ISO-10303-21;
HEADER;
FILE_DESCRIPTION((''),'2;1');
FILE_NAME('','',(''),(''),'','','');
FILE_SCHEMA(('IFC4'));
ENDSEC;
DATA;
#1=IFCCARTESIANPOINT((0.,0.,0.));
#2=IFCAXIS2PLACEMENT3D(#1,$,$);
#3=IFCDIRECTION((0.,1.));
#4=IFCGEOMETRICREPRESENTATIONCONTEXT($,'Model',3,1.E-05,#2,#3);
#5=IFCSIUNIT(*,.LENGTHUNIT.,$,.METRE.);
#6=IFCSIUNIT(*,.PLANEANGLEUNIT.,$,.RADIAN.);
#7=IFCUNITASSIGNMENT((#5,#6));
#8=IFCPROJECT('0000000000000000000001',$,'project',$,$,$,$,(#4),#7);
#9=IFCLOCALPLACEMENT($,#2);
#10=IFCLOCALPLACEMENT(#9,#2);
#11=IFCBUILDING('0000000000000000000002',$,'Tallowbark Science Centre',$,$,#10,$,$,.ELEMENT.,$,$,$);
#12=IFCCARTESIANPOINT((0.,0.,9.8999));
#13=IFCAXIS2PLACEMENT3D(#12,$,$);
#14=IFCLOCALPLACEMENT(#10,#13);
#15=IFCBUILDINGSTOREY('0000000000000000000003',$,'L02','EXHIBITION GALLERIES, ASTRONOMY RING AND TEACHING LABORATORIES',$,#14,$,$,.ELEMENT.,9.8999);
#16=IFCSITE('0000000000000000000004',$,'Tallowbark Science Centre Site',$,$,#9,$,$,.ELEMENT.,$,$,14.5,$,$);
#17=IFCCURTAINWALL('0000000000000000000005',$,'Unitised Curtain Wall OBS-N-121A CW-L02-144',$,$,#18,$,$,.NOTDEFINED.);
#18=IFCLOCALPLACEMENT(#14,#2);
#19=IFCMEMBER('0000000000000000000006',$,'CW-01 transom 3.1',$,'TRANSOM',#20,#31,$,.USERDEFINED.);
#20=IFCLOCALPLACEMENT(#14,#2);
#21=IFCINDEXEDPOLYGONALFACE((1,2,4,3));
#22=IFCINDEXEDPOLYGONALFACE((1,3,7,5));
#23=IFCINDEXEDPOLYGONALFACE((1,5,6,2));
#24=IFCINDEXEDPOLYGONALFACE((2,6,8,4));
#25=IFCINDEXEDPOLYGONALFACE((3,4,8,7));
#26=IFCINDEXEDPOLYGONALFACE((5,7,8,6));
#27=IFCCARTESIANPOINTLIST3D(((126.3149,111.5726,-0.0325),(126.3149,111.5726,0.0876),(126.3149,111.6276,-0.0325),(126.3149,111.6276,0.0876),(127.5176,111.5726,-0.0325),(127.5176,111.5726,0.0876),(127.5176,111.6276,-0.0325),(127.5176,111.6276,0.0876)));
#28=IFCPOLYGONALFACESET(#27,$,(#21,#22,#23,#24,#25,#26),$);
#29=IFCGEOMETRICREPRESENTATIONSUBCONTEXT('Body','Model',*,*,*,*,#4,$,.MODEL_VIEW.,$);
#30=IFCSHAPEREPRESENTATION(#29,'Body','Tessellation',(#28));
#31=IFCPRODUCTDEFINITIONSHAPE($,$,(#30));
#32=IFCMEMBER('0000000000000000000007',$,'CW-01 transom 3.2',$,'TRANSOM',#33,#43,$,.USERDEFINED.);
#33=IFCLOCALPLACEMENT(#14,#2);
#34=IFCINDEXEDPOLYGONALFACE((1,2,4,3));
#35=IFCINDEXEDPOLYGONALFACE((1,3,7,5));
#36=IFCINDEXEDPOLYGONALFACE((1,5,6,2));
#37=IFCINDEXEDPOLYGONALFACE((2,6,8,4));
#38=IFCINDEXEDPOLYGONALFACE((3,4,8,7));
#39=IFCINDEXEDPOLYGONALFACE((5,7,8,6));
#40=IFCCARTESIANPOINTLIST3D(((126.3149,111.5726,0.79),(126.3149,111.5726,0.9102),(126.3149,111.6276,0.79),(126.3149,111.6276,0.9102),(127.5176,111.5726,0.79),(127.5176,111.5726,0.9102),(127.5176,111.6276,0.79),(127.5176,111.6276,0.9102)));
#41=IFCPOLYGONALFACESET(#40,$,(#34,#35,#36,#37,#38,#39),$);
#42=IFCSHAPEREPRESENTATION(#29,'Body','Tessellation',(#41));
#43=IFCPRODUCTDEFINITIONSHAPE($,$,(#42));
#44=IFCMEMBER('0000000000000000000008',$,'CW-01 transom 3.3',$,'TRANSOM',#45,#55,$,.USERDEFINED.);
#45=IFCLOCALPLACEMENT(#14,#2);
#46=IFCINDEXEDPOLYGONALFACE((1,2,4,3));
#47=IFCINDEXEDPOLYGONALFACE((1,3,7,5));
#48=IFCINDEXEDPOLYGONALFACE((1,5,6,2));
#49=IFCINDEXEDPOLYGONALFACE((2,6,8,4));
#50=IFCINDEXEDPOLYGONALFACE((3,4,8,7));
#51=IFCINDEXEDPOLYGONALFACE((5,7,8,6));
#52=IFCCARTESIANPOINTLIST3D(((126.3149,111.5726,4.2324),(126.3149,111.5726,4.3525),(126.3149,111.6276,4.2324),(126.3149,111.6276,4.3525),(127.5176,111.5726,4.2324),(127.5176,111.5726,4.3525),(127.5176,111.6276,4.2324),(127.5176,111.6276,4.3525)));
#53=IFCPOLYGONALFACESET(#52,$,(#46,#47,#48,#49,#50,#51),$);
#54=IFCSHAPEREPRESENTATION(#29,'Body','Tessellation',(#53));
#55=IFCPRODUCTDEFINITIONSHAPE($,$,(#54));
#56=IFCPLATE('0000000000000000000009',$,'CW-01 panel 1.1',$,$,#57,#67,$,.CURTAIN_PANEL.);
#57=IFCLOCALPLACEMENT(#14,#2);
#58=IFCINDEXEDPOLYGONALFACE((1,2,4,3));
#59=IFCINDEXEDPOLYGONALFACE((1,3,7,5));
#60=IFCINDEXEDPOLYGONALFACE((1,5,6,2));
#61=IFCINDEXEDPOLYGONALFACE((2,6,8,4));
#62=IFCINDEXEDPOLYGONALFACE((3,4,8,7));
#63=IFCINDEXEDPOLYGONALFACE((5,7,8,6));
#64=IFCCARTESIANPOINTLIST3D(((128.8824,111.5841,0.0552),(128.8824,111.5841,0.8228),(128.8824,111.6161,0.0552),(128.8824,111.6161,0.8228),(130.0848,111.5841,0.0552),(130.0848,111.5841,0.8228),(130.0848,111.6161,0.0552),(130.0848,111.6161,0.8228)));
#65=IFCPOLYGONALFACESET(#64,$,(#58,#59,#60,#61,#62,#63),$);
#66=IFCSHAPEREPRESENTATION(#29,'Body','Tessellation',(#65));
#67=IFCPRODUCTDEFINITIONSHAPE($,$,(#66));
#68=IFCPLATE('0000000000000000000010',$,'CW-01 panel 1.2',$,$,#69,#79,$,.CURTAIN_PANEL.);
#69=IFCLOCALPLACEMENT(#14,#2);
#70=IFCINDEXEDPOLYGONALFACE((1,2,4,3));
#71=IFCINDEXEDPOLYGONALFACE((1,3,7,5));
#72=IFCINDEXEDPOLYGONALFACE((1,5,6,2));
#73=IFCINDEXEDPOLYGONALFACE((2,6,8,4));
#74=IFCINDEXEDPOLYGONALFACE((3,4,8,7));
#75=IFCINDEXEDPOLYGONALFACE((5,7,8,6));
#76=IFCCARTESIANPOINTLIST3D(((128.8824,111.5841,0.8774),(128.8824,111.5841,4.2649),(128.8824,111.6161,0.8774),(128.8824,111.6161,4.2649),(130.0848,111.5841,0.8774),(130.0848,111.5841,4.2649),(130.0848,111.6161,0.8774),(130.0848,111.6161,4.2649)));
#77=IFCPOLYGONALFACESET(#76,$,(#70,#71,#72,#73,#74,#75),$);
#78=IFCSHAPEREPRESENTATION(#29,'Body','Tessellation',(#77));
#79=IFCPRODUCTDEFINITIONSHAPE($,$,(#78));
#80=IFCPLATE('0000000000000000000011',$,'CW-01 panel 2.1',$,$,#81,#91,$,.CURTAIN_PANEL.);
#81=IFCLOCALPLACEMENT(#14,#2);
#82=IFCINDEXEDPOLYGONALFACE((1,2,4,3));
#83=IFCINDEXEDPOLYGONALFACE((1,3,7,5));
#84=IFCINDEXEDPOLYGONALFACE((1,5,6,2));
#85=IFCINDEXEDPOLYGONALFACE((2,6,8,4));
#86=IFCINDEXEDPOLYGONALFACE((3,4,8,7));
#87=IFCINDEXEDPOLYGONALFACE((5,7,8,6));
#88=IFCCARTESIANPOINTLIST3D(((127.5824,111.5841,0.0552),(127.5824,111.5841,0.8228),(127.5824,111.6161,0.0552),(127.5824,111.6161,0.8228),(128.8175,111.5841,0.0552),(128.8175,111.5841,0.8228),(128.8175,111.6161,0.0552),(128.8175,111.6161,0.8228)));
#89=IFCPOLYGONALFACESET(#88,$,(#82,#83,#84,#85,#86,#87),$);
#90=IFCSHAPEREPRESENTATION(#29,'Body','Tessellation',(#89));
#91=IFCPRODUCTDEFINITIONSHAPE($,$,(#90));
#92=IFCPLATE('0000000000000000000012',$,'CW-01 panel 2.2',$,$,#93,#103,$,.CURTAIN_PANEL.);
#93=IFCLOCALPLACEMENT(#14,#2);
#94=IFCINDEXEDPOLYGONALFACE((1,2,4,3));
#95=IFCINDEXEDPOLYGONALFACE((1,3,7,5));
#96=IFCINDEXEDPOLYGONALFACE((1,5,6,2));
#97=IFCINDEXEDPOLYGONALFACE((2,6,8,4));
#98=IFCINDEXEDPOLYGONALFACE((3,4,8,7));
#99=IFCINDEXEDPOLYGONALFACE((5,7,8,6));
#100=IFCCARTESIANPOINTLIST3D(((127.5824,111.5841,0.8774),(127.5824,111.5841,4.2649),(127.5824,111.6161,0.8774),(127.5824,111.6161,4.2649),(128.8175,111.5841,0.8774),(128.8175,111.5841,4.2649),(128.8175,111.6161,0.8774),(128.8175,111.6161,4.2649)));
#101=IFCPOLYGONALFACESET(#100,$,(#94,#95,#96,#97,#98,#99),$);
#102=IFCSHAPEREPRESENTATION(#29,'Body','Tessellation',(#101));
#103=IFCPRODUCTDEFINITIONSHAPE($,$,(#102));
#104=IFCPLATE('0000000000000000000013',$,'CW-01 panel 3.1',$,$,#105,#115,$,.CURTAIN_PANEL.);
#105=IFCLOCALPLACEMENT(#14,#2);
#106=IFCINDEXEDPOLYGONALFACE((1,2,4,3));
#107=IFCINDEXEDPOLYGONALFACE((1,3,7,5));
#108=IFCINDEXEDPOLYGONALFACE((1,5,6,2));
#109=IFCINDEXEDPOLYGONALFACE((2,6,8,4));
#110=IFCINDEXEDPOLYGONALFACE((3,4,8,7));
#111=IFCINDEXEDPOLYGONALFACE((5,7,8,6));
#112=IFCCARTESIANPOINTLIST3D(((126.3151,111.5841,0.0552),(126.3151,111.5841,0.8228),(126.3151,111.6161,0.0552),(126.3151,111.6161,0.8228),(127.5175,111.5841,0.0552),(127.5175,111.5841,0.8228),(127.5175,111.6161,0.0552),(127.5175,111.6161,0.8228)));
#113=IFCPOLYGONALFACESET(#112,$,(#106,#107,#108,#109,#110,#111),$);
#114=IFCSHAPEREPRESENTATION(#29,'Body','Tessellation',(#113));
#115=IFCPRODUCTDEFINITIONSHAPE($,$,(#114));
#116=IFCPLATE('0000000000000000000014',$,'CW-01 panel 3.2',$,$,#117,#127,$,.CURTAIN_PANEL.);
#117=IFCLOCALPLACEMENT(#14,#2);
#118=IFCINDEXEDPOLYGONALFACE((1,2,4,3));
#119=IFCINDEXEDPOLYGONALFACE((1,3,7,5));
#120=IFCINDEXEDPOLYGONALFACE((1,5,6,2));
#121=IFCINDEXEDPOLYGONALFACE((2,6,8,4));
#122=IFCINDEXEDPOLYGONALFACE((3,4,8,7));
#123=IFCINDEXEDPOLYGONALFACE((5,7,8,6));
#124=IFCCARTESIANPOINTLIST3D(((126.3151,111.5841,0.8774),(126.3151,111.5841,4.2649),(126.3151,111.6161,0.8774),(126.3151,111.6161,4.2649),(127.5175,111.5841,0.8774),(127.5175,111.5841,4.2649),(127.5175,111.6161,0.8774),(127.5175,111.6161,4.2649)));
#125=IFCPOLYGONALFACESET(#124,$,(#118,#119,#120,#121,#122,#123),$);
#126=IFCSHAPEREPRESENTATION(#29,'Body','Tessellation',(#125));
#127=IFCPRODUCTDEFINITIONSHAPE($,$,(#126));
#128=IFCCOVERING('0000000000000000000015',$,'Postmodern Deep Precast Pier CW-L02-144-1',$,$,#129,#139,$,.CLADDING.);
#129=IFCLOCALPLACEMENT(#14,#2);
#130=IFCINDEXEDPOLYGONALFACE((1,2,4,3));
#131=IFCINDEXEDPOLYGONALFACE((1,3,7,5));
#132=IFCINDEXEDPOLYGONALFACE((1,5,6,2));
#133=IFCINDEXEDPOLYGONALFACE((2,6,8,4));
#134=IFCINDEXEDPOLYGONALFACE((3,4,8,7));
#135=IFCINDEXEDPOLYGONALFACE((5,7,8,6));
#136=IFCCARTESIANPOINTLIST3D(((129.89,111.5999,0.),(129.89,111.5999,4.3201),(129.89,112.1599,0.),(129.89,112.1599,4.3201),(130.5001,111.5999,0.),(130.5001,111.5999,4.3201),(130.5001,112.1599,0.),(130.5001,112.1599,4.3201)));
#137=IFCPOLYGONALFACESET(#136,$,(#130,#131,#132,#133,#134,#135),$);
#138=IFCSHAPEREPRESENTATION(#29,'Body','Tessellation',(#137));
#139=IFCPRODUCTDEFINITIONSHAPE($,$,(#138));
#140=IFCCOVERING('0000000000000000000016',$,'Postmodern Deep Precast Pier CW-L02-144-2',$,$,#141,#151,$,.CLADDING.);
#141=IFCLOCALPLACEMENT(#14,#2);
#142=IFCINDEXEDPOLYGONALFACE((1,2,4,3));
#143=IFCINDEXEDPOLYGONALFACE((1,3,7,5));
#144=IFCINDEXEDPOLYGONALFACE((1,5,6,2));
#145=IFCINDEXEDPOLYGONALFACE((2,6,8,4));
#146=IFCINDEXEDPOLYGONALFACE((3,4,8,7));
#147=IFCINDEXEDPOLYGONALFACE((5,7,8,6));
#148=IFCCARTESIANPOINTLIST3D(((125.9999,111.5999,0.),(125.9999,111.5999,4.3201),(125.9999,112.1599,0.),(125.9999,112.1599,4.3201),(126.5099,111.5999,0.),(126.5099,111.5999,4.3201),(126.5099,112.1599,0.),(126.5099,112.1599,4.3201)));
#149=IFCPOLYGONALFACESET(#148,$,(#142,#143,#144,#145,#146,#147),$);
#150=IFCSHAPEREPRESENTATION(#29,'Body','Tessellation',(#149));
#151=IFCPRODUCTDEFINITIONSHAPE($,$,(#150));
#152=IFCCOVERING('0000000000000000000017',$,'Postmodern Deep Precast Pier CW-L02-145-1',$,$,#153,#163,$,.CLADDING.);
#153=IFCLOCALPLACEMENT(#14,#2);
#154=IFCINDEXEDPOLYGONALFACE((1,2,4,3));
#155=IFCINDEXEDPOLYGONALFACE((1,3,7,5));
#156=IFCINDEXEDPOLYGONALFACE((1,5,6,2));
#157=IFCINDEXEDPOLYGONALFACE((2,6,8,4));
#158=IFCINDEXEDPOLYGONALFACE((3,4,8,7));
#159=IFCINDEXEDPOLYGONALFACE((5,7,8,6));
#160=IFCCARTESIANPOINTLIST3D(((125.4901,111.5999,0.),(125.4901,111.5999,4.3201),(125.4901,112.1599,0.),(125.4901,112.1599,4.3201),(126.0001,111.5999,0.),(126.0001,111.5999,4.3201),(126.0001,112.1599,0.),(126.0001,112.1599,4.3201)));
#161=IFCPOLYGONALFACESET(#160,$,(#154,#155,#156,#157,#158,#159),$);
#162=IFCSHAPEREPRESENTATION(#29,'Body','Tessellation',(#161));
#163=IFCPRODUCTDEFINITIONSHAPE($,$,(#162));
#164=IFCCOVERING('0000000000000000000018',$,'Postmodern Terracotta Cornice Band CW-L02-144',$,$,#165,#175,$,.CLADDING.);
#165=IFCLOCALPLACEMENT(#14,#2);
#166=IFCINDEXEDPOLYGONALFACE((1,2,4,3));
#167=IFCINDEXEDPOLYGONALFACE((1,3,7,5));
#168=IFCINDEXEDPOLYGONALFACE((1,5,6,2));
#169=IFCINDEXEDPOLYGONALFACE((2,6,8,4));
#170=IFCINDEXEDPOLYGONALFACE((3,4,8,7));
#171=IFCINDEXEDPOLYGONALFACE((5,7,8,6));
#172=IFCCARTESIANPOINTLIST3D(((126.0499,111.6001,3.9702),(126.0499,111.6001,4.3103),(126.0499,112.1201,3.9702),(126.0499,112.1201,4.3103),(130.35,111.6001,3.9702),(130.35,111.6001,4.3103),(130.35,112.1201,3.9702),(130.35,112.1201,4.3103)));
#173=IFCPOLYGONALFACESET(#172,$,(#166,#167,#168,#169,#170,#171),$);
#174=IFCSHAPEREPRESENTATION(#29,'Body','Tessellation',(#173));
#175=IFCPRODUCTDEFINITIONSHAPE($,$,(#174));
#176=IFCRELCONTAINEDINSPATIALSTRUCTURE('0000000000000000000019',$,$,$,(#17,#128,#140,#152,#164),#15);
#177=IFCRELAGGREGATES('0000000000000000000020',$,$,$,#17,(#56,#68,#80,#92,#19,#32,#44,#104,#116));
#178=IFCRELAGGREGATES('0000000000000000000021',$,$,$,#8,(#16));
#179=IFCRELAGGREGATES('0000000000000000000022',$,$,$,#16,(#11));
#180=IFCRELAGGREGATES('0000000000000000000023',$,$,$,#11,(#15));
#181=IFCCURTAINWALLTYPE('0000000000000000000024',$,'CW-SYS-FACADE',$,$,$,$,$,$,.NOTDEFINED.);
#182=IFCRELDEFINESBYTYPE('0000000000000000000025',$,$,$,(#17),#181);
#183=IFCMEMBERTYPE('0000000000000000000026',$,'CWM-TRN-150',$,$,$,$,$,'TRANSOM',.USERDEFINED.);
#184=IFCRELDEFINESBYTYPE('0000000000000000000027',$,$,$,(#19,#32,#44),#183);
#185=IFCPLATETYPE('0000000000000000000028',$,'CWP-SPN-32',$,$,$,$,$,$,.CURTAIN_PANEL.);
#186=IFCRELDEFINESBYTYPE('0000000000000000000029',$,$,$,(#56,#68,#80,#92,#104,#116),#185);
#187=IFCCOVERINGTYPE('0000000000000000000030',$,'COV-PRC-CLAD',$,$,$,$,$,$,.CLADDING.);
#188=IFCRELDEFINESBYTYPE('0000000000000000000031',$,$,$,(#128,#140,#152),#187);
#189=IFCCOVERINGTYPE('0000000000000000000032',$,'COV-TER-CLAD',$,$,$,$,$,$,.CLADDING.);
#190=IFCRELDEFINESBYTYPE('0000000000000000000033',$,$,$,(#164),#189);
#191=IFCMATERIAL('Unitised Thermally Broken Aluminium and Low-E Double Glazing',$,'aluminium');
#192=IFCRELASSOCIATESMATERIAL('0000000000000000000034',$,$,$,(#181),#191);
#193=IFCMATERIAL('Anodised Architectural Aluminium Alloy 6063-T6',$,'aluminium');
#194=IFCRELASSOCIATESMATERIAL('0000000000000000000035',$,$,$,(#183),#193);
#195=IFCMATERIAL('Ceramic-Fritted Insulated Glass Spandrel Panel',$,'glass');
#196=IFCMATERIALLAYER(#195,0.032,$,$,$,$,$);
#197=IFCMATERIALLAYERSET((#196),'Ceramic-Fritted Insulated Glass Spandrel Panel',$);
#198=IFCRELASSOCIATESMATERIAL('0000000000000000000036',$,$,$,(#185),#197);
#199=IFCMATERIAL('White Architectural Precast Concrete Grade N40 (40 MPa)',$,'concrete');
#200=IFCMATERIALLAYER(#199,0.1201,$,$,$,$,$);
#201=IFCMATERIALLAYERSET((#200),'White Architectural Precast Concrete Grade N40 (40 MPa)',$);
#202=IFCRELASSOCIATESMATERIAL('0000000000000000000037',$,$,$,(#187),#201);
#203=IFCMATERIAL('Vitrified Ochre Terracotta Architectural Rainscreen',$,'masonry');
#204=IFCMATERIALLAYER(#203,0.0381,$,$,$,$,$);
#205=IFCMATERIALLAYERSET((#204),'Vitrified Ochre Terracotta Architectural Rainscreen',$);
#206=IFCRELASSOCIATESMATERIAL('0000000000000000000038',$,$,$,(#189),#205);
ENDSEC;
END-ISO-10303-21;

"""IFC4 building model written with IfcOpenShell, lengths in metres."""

from ifc_helpers import new_model, si_unit, direction, frame, origin, origin_2d, place, context, subcontext, project, spatial, rectangle, extrude, material, layer, layer_set, material_profile, profile_set, type_object, element, aggregate, save


model = new_model("IFC4")

# Units and contexts
model_context = context("Model", 3, precision=1e-05, world=origin(), true_north=direction((0.0, 1.0)))
body_context = subcontext(model_context, "Body", "Model", "MODEL_VIEW")
ifc_project = project(units=[si_unit("LENGTHUNIT", "METRE"), si_unit("PLANEANGLEUNIT", "RADIAN")], contexts=[model_context])

# Site, building, storey
site_placement = place(None, origin())
site = spatial("IfcSite", under=ifc_project, at=site_placement, Name="Tallowbark Science Centre Site", CompositionType="ELEMENT", RefElevation=14.5)
building_placement = place(site_placement, origin())
building = spatial("IfcBuilding", under=site, at=building_placement, Name="Tallowbark Science Centre", CompositionType="ELEMENT")
storey_placement = place(building_placement, frame((0.0, 0.0, 9.8999)))
storey = spatial("IfcBuildingStorey", under=building, at=storey_placement, Name="L02", Description="EXHIBITION GALLERIES, ASTRONOMY RING AND TEACHING LABORATORIES", CompositionType="ELEMENT", Elevation=9.8999)

# Curtain wall
ifc_material_1 = material(Name="Unitised Thermally Broken Aluminium and Low-E Double Glazing", Category="aluminium")
curtain_wall_type = type_object("IfcCurtainWallType", Name="CW-SYS-FACADE", PredefinedType="NOTDEFINED", material=ifc_material_1)
curtain_wall_1_placement = place(storey_placement, origin())
curtain_wall_1 = element("IfcCurtainWall", 1, at=curtain_wall_1_placement, inside=storey, type_object=curtain_wall_type, Name="Unitised Curtain Wall OBS-N-121A CW-L02-144", PredefinedType="NOTDEFINED")
ifc_material_2 = material(Name="Anodised Architectural Aluminium Alloy 6063-T6", Category="aluminium")

# Members
ifc_material_profile_1 = material_profile(ifc_material_2, rectangle(XDim=0.0549, YDim=0.1201, at=origin_2d()), Name="ALU55x120")
ifc_profile_set_1 = profile_set([ifc_material_profile_1], Name="Anodised Architectural Aluminium Alloy 6063-T6")
member_type_1 = type_object("IfcMemberType", Name="CWM-TRN-150", ElementType="TRANSOM", PredefinedType="USERDEFINED", material=ifc_profile_set_1)
member_1_placement = place(storey_placement, frame((127.5176, 111.6001, 0.0276), z_axis=(-1.0, 0.0, 0.0), x_axis=(0.0, -1.0, 0.0)))
member_1 = element("IfcMember", 2, at=member_1_placement, type_object=member_type_1, Name="CW-01 transom 3.1", ObjectType="TRANSOM", PredefinedType="USERDEFINED", context=body_context, shape_type="SweptSolid", body=[
    extrude(rectangle(XDim=0.0549, YDim=0.1201, at=origin_2d()), origin(), (0.0, 0.0, 1.0), 1.2026),
])
member_2_placement = place(storey_placement, frame((127.5176, 111.6001, 0.8501), z_axis=(-1.0, 0.0, 0.0), x_axis=(0.0, -1.0, 0.0)))
member_2 = element("IfcMember", 3, at=member_2_placement, type_object=member_type_1, Name="CW-01 transom 3.2", ObjectType="TRANSOM", PredefinedType="USERDEFINED", context=body_context, shape_type="SweptSolid", body=[
    extrude(rectangle(XDim=0.0549, YDim=0.1201, at=origin_2d()), origin(), (0.0, 0.0, 1.0), 1.2026),
])
member_3_placement = place(storey_placement, frame((127.5176, 111.6001, 4.2925), z_axis=(-1.0, 0.0, 0.0), x_axis=(0.0, -1.0, 0.0)))
member_3 = element("IfcMember", 4, at=member_3_placement, type_object=member_type_1, Name="CW-01 transom 3.3", ObjectType="TRANSOM", PredefinedType="USERDEFINED", context=body_context, shape_type="SweptSolid", body=[
    extrude(rectangle(XDim=0.0549, YDim=0.1201, at=origin_2d()), origin(), (0.0, 0.0, 1.0), 1.2026),
])

# Plates
ifc_material_3 = material(Name="Ceramic-Fritted Insulated Glass Spandrel Panel", Category="glass")
ifc_layer_1 = layer(ifc_material_3, 0.032)
ifc_layer_set_1 = layer_set([ifc_layer_1], Name="Ceramic-Fritted Insulated Glass Spandrel Panel")
plate_type = type_object("IfcPlateType", Name="CWP-SPN-32", PredefinedType="CURTAIN_PANEL", material=ifc_layer_set_1)
plate_1_placement = place(storey_placement, frame((129.4836, 111.6001, 0.0552), z_axis=(0.0, 0.0, 1.0), x_axis=(-1.0, 0.0, 0.0)))
plate_1 = element("IfcPlate", 5, at=plate_1_placement, type_object=plate_type, Name="CW-01 panel 1.1", PredefinedType="CURTAIN_PANEL", context=body_context, shape_type="SweptSolid", body=[
    extrude(rectangle(XDim=1.2024, YDim=0.032, at=origin_2d()), origin(), (0.0, 0.0, 1.0), 0.7676),
])
plate_2_placement = place(storey_placement, frame((129.4836, 111.6001, 0.8774), z_axis=(0.0, 0.0, 1.0), x_axis=(-1.0, 0.0, 0.0)))
plate_2 = element("IfcPlate", 6, at=plate_2_placement, type_object=plate_type, Name="CW-01 panel 1.2", PredefinedType="CURTAIN_PANEL", context=body_context, shape_type="SweptSolid", body=[
    extrude(rectangle(XDim=1.2024, YDim=0.032, at=origin_2d()), origin(), (0.0, 0.0, 1.0), 3.3875),
])
plate_3_placement = place(storey_placement, frame((128.2, 111.6001, 0.0552), z_axis=(0.0, 0.0, 1.0), x_axis=(-1.0, 0.0, 0.0)))
plate_3 = element("IfcPlate", 7, at=plate_3_placement, type_object=plate_type, Name="CW-01 panel 2.1", PredefinedType="CURTAIN_PANEL", context=body_context, shape_type="SweptSolid", body=[
    extrude(rectangle(XDim=1.2351, YDim=0.032, at=origin_2d()), origin(), (0.0, 0.0, 1.0), 0.7676),
])
plate_4_placement = place(storey_placement, frame((128.2, 111.6001, 0.8774), z_axis=(0.0, 0.0, 1.0), x_axis=(-1.0, 0.0, 0.0)))
plate_4 = element("IfcPlate", 8, at=plate_4_placement, type_object=plate_type, Name="CW-01 panel 2.2", PredefinedType="CURTAIN_PANEL", context=body_context, shape_type="SweptSolid", body=[
    extrude(rectangle(XDim=1.2351, YDim=0.032, at=origin_2d()), origin(), (0.0, 0.0, 1.0), 3.3875),
])
plate_5_placement = place(storey_placement, frame((126.9163, 111.6001, 0.0552), z_axis=(0.0, 0.0, 1.0), x_axis=(-1.0, 0.0, 0.0)))
plate_5 = element("IfcPlate", 9, at=plate_5_placement, type_object=plate_type, Name="CW-01 panel 3.1", PredefinedType="CURTAIN_PANEL", context=body_context, shape_type="SweptSolid", body=[
    extrude(rectangle(XDim=1.2024, YDim=0.032, at=origin_2d()), origin(), (0.0, 0.0, 1.0), 0.7676),
])
plate_6_placement = place(storey_placement, frame((126.9163, 111.6001, 0.8774), z_axis=(0.0, 0.0, 1.0), x_axis=(-1.0, 0.0, 0.0)))
plate_6 = element("IfcPlate", 10, at=plate_6_placement, type_object=plate_type, Name="CW-01 panel 3.2", PredefinedType="CURTAIN_PANEL", context=body_context, shape_type="SweptSolid", body=[
    extrude(rectangle(XDim=1.2024, YDim=0.032, at=origin_2d()), origin(), (0.0, 0.0, 1.0), 3.3875),
])
aggregate(curtain_wall_1, [plate_1, plate_2, plate_3, plate_4, member_1, member_2, member_3, plate_5, plate_6])

# Coverings
ifc_material_4 = material(Name="White Architectural Precast Concrete Grade N40 (40 MPa)", Category="concrete")
ifc_layer_2 = layer(ifc_material_4, 0.1201)
ifc_layer_set_2 = layer_set([ifc_layer_2], Name="White Architectural Precast Concrete Grade N40 (40 MPa)")
covering_type_1 = type_object("IfcCoveringType", Name="COV-PRC-CLAD", PredefinedType="CLADDING", material=ifc_layer_set_2)
covering_1_placement = place(storey_placement, frame((130.1951, 111.8799, 0.0), z_axis=(0.0, 0.0, 1.0), x_axis=(-1.0, 0.0, 0.0)))
element("IfcCovering", 11, at=covering_1_placement, inside=storey, type_object=covering_type_1, Name="Postmodern Deep Precast Pier CW-L02-144-1", PredefinedType="CLADDING", context=body_context, shape_type="SweptSolid", body=[
    extrude(rectangle(XDim=0.6101, YDim=0.5601, at=origin_2d()), origin(), (0.0, 0.0, 1.0), 4.3201),
])
for number, where, z_axis, x_axis, name in (
    (12, (126.2549, 111.8799, 0.0), (0.0, 0.0, 1.0), (-1.0, 0.0, 0.0), "Postmodern Deep Precast Pier CW-L02-144-2"),
    (13, (125.7451, 111.8799, 0.0), (0.0, 0.0, 1.0), (-1.0, 0.0, 0.0), "Postmodern Deep Precast Pier CW-L02-145-1"),
):
    element("IfcCovering", number, at=place(storey_placement, frame(where, z_axis=z_axis, x_axis=x_axis)), inside=storey, type_object=covering_type_1, Name=name, PredefinedType="CLADDING", context=body_context, shape_type="SweptSolid", body=[
        extrude(rectangle(XDim=0.51, YDim=0.5601, at=origin_2d()), origin(), (0.0, 0.0, 1.0), 4.3201),
    ])
ifc_material_5 = material(Name="Vitrified Ochre Terracotta Architectural Rainscreen", Category="masonry")
ifc_layer_3 = layer(ifc_material_5, 0.0381)
ifc_layer_set_3 = layer_set([ifc_layer_3], Name="Vitrified Ochre Terracotta Architectural Rainscreen")
covering_type_2 = type_object("IfcCoveringType", Name="COV-TER-CLAD", PredefinedType="CLADDING", material=ifc_layer_set_3)
covering_2_placement = place(storey_placement, frame((128.2, 111.8601, 3.9702), z_axis=(0.0, 0.0, 1.0), x_axis=(-1.0, 0.0, 0.0)))
element("IfcCovering", 14, at=covering_2_placement, inside=storey, type_object=covering_type_2, Name="Postmodern Terracotta Cornice Band CW-L02-144", PredefinedType="CLADDING", context=body_context, shape_type="SweptSolid", body=[
    extrude(rectangle(XDim=4.3, YDim=0.52, at=origin_2d()), origin(), (0.0, 0.0, 1.0), 0.3401),
])

save(model, "model.ifc")
